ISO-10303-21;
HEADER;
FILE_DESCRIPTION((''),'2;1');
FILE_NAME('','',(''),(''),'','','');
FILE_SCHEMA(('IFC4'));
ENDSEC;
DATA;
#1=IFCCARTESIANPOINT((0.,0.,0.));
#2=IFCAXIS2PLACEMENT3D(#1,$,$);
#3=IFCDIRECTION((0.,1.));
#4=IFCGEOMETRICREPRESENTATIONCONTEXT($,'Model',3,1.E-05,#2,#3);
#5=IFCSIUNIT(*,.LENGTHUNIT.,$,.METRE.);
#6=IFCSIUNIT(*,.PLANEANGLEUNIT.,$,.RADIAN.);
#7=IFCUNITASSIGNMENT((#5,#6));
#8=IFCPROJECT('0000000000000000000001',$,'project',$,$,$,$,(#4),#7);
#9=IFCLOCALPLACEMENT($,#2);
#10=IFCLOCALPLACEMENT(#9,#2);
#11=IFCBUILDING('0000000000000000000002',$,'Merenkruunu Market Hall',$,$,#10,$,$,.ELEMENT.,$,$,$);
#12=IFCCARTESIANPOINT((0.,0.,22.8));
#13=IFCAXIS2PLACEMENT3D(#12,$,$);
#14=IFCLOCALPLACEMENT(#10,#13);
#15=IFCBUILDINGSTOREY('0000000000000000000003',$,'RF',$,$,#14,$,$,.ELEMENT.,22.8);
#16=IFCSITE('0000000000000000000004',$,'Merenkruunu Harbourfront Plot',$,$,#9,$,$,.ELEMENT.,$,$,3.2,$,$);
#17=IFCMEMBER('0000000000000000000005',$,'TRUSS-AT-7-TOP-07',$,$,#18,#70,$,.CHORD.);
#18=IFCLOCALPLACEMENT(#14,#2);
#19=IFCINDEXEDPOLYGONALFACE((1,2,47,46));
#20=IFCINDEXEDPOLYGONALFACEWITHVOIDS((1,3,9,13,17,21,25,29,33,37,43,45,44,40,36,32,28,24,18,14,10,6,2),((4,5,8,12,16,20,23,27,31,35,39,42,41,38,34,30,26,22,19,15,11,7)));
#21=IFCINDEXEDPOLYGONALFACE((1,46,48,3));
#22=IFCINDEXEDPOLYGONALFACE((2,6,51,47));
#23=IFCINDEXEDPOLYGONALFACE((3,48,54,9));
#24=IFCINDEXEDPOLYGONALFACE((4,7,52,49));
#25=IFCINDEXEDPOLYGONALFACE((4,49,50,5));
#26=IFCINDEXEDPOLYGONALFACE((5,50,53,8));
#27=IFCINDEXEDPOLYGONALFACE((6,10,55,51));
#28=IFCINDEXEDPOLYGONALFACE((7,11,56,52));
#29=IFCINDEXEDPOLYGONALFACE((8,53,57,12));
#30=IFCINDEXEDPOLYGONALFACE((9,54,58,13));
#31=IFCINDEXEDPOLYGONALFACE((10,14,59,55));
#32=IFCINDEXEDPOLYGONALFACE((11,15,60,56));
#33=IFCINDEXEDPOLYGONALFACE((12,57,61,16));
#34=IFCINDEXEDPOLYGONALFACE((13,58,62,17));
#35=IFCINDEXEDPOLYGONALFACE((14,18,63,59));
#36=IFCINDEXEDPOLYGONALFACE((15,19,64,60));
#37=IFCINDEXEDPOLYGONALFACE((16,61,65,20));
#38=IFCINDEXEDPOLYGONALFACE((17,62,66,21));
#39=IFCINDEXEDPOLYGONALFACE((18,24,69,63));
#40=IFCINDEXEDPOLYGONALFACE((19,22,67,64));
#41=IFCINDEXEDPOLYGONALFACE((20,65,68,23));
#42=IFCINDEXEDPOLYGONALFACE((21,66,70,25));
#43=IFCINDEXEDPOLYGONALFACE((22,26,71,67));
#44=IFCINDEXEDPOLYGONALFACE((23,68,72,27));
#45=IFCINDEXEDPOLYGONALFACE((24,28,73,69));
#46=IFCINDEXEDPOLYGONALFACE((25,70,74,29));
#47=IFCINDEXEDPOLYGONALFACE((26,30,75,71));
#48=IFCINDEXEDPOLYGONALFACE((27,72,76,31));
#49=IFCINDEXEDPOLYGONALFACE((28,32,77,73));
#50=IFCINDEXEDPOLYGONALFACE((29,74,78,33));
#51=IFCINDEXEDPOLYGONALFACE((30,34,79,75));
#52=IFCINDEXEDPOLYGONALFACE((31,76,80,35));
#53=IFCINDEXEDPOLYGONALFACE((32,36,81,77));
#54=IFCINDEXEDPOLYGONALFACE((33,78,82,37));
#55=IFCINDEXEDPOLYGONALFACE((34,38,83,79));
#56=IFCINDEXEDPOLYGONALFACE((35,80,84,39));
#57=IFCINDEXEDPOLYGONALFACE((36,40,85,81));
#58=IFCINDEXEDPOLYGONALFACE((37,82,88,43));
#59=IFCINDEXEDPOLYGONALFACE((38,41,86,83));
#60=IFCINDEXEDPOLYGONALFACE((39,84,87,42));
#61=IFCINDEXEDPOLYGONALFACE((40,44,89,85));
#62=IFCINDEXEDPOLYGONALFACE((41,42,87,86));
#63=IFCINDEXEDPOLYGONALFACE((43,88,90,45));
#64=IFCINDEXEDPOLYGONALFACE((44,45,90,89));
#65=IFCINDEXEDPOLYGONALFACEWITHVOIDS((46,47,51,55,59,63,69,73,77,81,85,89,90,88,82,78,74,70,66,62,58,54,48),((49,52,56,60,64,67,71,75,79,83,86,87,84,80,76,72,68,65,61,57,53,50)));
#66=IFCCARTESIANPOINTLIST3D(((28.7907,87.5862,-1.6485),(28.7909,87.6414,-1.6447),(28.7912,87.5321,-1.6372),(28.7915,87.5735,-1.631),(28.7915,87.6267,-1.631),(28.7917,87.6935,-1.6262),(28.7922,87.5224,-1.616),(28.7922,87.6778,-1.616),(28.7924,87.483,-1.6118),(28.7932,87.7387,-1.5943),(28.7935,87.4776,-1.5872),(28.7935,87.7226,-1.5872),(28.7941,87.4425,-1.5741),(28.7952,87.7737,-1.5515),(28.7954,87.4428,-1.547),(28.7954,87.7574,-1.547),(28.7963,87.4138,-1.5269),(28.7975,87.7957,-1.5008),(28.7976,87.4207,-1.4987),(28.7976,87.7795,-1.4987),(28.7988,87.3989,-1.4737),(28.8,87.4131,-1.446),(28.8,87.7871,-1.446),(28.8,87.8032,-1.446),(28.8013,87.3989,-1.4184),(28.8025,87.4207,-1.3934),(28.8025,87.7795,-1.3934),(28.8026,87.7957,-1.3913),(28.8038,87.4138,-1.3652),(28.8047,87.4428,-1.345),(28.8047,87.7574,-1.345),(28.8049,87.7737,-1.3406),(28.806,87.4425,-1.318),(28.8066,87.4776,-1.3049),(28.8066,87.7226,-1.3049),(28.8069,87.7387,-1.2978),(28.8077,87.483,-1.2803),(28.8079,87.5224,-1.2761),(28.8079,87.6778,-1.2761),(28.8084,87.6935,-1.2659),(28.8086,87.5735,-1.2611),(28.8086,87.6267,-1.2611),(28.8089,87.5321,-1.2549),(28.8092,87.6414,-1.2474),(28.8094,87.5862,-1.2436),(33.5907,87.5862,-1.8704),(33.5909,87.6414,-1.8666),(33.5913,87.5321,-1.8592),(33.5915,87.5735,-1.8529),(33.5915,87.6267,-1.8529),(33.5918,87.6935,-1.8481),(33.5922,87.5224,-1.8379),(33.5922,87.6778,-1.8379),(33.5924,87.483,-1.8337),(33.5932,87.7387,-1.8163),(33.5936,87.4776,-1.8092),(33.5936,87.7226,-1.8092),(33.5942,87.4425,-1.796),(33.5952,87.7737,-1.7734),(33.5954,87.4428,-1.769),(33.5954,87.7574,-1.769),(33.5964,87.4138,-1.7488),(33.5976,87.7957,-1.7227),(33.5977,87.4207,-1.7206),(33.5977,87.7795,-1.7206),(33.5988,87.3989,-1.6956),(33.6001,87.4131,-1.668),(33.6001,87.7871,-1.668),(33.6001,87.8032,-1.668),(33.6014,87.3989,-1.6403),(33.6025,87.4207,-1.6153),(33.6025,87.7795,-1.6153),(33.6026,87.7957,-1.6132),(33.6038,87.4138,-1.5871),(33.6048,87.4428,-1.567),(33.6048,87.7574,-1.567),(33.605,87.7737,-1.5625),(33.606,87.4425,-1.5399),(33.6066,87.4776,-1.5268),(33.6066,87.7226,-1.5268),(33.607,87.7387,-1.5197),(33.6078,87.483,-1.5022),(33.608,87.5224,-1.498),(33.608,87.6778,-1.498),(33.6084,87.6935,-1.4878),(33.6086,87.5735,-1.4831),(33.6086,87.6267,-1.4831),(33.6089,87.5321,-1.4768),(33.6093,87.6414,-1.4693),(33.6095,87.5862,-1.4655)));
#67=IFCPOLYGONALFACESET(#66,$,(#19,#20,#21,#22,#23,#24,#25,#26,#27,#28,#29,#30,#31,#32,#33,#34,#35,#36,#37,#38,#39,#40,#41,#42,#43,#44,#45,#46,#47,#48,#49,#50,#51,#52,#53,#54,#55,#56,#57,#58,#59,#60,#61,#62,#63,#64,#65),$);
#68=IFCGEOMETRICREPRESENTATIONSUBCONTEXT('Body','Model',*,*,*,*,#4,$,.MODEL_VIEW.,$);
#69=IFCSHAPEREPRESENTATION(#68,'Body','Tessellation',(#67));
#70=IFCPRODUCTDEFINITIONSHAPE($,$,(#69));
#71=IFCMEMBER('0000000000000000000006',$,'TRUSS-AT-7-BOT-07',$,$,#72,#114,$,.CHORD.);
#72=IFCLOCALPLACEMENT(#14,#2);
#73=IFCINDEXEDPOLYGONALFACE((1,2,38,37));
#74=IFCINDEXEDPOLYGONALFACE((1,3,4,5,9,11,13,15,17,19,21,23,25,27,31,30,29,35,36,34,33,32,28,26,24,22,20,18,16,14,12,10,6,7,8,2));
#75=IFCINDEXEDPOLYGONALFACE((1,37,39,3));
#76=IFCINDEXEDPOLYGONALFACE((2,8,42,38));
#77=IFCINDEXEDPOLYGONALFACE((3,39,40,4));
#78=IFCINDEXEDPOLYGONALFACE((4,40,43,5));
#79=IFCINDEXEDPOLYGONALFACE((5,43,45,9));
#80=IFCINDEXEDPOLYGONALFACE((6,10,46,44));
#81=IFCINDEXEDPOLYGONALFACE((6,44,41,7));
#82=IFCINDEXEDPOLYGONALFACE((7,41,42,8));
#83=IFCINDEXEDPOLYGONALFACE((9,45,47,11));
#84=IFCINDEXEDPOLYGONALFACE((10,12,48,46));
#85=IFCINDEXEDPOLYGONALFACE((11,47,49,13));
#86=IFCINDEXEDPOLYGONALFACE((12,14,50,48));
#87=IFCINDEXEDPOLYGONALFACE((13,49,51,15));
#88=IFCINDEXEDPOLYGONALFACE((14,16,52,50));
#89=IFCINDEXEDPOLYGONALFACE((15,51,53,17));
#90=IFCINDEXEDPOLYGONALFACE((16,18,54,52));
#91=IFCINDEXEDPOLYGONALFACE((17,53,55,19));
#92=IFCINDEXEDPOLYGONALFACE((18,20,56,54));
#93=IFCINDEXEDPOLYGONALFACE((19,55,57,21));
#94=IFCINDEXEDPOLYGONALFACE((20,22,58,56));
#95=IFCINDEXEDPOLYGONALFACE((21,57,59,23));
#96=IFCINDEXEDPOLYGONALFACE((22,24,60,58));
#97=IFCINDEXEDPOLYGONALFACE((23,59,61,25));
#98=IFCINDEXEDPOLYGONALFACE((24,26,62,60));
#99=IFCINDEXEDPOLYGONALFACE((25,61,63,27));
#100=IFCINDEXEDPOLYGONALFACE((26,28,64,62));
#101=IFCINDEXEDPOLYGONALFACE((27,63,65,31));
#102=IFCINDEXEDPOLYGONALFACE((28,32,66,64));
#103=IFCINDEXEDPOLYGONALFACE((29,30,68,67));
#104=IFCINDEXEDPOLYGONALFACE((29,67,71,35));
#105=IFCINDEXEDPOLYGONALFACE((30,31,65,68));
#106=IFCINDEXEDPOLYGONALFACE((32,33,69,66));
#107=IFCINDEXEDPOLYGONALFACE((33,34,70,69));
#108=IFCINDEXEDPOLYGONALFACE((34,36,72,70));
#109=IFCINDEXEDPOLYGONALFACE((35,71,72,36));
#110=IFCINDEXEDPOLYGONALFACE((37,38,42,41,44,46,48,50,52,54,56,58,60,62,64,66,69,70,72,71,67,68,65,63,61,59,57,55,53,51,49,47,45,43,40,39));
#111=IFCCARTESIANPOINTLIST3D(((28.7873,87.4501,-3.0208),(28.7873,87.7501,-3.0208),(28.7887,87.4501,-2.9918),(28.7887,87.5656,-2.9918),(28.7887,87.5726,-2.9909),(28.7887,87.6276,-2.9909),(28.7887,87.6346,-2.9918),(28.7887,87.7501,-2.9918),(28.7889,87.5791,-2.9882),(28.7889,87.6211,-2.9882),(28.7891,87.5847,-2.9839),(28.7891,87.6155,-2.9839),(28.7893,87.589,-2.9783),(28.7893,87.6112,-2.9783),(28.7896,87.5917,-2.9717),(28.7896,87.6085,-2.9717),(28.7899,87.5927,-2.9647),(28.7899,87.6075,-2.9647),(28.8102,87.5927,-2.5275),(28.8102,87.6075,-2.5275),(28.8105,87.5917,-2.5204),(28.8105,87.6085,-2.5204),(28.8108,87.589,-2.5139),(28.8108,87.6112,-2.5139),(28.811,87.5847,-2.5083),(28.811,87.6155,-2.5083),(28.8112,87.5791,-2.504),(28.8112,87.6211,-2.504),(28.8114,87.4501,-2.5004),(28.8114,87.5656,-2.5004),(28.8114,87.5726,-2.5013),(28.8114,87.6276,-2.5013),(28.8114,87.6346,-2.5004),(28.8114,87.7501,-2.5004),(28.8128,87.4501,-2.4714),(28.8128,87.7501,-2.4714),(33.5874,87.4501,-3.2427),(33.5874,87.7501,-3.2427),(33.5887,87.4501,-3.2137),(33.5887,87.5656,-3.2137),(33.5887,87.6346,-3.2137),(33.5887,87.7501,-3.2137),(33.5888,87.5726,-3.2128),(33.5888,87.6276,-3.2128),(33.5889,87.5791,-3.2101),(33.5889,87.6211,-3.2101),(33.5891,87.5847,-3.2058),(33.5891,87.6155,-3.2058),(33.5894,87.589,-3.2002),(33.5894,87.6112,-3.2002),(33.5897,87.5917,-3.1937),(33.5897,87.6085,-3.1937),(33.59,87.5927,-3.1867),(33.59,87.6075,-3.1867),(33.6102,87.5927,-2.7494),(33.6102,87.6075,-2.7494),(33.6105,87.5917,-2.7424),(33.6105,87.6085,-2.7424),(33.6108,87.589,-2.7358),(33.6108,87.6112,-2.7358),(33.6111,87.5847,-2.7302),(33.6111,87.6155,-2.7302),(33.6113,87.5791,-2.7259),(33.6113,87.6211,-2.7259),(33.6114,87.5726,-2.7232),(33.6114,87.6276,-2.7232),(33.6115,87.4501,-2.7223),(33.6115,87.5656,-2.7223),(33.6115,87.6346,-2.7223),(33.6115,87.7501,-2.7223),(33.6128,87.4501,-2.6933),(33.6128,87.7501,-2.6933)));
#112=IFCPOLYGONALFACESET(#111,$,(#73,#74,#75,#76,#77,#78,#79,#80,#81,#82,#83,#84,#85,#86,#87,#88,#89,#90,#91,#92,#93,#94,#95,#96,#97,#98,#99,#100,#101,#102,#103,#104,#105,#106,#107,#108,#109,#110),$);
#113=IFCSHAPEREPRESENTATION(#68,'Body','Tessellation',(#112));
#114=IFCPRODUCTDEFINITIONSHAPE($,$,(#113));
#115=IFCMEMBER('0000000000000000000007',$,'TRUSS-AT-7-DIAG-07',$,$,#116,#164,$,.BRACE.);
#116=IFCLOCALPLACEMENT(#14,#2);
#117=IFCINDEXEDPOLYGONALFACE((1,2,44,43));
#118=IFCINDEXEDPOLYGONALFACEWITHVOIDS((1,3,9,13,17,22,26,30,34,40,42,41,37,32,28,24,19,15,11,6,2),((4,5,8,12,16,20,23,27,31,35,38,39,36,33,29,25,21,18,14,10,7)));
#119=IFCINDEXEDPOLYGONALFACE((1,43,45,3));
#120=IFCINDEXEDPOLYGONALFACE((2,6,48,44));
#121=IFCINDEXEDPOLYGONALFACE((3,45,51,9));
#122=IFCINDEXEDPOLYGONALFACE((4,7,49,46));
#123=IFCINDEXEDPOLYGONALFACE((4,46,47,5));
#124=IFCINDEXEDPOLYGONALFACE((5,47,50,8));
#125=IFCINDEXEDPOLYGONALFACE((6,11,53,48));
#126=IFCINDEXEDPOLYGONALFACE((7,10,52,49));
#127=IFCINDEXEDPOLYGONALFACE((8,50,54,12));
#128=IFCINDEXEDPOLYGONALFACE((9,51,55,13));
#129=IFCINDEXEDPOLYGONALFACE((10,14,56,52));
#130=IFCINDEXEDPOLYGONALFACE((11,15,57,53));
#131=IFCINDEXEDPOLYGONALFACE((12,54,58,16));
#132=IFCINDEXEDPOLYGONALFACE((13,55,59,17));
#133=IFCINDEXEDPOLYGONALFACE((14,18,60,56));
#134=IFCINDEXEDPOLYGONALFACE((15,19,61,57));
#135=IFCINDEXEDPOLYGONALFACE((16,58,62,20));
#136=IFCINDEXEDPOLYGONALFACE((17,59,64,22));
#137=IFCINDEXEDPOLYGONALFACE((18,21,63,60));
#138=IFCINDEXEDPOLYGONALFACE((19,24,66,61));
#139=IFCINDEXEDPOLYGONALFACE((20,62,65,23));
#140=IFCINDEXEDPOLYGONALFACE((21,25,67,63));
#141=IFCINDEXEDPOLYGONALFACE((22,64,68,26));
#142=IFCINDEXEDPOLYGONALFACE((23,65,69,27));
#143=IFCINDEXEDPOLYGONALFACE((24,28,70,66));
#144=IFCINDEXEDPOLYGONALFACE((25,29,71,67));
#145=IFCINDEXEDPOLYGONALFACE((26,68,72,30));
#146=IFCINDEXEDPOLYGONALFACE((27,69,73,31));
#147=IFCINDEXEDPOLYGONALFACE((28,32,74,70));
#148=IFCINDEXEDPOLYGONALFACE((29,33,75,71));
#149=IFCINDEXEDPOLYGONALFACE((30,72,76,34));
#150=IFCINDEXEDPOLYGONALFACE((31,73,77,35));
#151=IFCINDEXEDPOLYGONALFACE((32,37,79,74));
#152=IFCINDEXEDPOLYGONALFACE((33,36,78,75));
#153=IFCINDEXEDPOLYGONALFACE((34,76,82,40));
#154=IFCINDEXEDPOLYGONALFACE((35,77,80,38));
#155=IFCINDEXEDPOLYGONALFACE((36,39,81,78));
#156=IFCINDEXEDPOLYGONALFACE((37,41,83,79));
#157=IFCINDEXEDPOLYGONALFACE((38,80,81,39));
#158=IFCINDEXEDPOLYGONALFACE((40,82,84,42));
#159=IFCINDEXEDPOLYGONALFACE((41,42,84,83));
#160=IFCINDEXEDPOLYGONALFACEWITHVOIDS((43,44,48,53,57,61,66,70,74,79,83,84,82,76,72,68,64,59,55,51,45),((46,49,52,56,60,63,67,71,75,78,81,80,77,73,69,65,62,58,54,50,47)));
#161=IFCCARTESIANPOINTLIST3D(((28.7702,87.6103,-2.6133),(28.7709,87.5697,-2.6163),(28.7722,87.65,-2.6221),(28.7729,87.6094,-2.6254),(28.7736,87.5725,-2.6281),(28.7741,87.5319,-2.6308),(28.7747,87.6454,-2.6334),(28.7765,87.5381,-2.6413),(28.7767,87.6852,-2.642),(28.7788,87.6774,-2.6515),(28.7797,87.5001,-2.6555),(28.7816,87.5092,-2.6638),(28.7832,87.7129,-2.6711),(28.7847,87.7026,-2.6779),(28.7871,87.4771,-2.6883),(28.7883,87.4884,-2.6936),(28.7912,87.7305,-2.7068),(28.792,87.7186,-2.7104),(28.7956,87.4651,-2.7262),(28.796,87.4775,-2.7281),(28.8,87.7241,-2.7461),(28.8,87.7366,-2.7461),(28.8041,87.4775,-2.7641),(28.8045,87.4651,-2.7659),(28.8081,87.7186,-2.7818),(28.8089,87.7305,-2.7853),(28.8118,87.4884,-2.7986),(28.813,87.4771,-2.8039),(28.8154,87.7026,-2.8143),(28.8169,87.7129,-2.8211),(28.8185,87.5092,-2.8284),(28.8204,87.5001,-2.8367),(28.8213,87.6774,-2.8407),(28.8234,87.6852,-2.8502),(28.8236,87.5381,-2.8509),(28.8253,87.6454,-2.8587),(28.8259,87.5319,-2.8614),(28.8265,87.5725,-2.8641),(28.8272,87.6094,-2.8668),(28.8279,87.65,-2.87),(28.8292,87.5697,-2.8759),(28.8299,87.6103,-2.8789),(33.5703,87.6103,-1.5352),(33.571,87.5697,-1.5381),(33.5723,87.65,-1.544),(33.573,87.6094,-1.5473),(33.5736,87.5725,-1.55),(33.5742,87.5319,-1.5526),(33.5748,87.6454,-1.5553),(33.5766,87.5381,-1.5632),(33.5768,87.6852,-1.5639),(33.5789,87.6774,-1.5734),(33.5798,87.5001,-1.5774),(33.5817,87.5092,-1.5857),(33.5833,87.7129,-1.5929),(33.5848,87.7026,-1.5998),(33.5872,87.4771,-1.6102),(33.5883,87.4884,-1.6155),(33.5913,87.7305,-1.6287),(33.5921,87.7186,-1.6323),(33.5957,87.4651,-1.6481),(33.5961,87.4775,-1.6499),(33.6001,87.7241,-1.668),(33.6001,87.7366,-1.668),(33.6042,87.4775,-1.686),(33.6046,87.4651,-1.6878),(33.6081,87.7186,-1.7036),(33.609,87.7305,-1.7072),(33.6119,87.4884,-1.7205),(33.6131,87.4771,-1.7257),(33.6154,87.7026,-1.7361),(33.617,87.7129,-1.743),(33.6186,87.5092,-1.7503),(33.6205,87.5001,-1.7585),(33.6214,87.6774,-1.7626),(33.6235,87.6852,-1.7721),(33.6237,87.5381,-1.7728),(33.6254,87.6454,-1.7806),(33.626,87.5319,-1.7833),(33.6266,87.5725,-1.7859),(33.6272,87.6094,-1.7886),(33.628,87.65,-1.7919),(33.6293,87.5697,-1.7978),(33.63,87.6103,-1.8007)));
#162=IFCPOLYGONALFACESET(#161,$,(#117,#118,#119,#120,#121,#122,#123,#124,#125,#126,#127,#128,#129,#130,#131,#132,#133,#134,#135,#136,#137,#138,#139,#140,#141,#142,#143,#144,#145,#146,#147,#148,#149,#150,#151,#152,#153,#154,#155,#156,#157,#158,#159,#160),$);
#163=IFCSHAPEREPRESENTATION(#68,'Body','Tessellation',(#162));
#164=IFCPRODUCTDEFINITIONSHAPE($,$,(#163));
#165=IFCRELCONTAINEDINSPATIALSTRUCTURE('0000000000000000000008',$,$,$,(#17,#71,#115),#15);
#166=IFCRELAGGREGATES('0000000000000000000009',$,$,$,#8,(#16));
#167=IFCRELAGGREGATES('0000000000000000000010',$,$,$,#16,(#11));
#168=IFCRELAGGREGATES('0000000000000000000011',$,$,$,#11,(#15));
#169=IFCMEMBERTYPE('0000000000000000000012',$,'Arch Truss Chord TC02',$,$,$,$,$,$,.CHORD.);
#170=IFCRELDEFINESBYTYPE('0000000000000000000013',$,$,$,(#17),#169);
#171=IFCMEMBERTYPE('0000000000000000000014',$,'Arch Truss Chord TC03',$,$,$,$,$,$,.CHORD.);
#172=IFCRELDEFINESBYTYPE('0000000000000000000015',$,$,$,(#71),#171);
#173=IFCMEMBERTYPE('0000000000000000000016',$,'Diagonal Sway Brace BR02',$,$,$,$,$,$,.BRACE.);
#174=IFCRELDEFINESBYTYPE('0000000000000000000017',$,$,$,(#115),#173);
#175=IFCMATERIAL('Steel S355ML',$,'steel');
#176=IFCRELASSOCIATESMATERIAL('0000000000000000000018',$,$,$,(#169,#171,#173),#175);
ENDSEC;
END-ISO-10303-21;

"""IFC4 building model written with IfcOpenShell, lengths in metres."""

from ifc_helpers import new_model, si_unit, direction, frame, origin, origin_2d, place, context, subcontext, project, spatial, hollow_circle, i_section, extrude, material, material_profile, profile_set, type_object, element, save


model = new_model("IFC4")

# Units and contexts
model_context = context("Model", 3, precision=1e-05, world=origin(), true_north=direction((0.0, 1.0)))
body_context = subcontext(model_context, "Body", "Model", "MODEL_VIEW")
ifc_project = project(units=[si_unit("LENGTHUNIT", "METRE"), si_unit("PLANEANGLEUNIT", "RADIAN")], contexts=[model_context])

# Site, building, storey
site_placement = place(None, origin())
site = spatial("IfcSite", under=ifc_project, at=site_placement, Name="Merenkruunu Harbourfront Plot", CompositionType="ELEMENT", RefElevation=3.2)
building_placement = place(site_placement, origin())
building = spatial("IfcBuilding", under=site, at=building_placement, Name="Merenkruunu Market Hall", CompositionType="ELEMENT")
storey_placement = place(building_placement, frame((0.0, 0.0, 22.8)))
storey = spatial("IfcBuildingStorey", under=building, at=storey_placement, Name="RF", CompositionType="ELEMENT", Elevation=22.8)

# Members
ifc_material_1 = material(Name="Steel S355ML", Category="steel")
ifc_material_profile_1 = material_profile(ifc_material_1, hollow_circle(Radius=0.2031, WallThickness=0.0161, at=origin_2d()), Name="CHS 406.4x16")
ifc_profile_set_1 = profile_set([ifc_material_profile_1], Name="Steel S355ML")
member_type_1 = type_object("IfcMemberType", Name="Arch Truss Chord TC02", PredefinedType="CHORD", material=ifc_profile_set_1)
member_1_placement = place(storey_placement, frame((28.8, 87.6001, -1.446), z_axis=(0.998933, 0.0, -0.046184), x_axis=(0.0, 1.0, 0.0)))
element("IfcMember", 1, at=member_1_placement, inside=storey, type_object=member_type_1, Name="TRUSS-AT-7-TOP-07", PredefinedType="CHORD", context=body_context, shape_type="SweptSolid", body=[
    extrude(hollow_circle(Radius=0.2031, WallThickness=0.0161, at=origin_2d()), origin(), (0.0, 0.0, 1.0), 4.8052),
])
ifc_material_profile_2 = material_profile(ifc_material_1, i_section(OverallWidth=0.3, OverallDepth=0.55, WebThickness=0.0149, FlangeThickness=0.0291, FilletRadius=0.0271, at=origin_2d()), Name="HEB 550")
ifc_profile_set_2 = profile_set([ifc_material_profile_2], Name="Steel S355ML")
member_type_2 = type_object("IfcMemberType", Name="Arch Truss Chord TC03", PredefinedType="CHORD", material=ifc_profile_set_2)
member_2_placement = place(storey_placement, frame((28.8, 87.6001, -2.7461), z_axis=(0.998933, 0.0, -0.046184), x_axis=(0.0, 1.0, 0.0)))
element("IfcMember", 2, at=member_2_placement, inside=storey, type_object=member_type_2, Name="TRUSS-AT-7-BOT-07", PredefinedType="CHORD", context=body_context, shape_type="SweptSolid", body=[
    extrude(i_section(OverallWidth=0.3, OverallDepth=0.55, WebThickness=0.0149, FlangeThickness=0.0291, FilletRadius=0.0271, at=origin_2d()), origin(), (0.0, 0.0, 1.0), 4.8052),
])
ifc_material_profile_3 = material_profile(ifc_material_1, hollow_circle(Radius=0.1365, WallThickness=0.0125, at=origin_2d()), Name="CHS 273x12.5")
ifc_profile_set_3 = profile_set([ifc_material_profile_3], Name="Steel S355ML")
member_type_3 = type_object("IfcMemberType", Name="Diagonal Sway Brace BR02", PredefinedType="BRACE", material=ifc_profile_set_3)
member_3_placement = place(storey_placement, frame((28.8, 87.6001, -2.7461), z_axis=(0.975692, 0.0, 0.219147), x_axis=(0.0, 1.0, 0.0)))
element("IfcMember", 3, at=member_3_placement, inside=storey, type_object=member_type_3, Name="TRUSS-AT-7-DIAG-07", PredefinedType="BRACE", context=body_context, shape_type="SweptSolid", body=[
    extrude(hollow_circle(Radius=0.1365, WallThickness=0.0125, at=origin_2d()), origin(), (0.0, 0.0, 1.0), 4.9197),
])

save(model, "model.ifc")
